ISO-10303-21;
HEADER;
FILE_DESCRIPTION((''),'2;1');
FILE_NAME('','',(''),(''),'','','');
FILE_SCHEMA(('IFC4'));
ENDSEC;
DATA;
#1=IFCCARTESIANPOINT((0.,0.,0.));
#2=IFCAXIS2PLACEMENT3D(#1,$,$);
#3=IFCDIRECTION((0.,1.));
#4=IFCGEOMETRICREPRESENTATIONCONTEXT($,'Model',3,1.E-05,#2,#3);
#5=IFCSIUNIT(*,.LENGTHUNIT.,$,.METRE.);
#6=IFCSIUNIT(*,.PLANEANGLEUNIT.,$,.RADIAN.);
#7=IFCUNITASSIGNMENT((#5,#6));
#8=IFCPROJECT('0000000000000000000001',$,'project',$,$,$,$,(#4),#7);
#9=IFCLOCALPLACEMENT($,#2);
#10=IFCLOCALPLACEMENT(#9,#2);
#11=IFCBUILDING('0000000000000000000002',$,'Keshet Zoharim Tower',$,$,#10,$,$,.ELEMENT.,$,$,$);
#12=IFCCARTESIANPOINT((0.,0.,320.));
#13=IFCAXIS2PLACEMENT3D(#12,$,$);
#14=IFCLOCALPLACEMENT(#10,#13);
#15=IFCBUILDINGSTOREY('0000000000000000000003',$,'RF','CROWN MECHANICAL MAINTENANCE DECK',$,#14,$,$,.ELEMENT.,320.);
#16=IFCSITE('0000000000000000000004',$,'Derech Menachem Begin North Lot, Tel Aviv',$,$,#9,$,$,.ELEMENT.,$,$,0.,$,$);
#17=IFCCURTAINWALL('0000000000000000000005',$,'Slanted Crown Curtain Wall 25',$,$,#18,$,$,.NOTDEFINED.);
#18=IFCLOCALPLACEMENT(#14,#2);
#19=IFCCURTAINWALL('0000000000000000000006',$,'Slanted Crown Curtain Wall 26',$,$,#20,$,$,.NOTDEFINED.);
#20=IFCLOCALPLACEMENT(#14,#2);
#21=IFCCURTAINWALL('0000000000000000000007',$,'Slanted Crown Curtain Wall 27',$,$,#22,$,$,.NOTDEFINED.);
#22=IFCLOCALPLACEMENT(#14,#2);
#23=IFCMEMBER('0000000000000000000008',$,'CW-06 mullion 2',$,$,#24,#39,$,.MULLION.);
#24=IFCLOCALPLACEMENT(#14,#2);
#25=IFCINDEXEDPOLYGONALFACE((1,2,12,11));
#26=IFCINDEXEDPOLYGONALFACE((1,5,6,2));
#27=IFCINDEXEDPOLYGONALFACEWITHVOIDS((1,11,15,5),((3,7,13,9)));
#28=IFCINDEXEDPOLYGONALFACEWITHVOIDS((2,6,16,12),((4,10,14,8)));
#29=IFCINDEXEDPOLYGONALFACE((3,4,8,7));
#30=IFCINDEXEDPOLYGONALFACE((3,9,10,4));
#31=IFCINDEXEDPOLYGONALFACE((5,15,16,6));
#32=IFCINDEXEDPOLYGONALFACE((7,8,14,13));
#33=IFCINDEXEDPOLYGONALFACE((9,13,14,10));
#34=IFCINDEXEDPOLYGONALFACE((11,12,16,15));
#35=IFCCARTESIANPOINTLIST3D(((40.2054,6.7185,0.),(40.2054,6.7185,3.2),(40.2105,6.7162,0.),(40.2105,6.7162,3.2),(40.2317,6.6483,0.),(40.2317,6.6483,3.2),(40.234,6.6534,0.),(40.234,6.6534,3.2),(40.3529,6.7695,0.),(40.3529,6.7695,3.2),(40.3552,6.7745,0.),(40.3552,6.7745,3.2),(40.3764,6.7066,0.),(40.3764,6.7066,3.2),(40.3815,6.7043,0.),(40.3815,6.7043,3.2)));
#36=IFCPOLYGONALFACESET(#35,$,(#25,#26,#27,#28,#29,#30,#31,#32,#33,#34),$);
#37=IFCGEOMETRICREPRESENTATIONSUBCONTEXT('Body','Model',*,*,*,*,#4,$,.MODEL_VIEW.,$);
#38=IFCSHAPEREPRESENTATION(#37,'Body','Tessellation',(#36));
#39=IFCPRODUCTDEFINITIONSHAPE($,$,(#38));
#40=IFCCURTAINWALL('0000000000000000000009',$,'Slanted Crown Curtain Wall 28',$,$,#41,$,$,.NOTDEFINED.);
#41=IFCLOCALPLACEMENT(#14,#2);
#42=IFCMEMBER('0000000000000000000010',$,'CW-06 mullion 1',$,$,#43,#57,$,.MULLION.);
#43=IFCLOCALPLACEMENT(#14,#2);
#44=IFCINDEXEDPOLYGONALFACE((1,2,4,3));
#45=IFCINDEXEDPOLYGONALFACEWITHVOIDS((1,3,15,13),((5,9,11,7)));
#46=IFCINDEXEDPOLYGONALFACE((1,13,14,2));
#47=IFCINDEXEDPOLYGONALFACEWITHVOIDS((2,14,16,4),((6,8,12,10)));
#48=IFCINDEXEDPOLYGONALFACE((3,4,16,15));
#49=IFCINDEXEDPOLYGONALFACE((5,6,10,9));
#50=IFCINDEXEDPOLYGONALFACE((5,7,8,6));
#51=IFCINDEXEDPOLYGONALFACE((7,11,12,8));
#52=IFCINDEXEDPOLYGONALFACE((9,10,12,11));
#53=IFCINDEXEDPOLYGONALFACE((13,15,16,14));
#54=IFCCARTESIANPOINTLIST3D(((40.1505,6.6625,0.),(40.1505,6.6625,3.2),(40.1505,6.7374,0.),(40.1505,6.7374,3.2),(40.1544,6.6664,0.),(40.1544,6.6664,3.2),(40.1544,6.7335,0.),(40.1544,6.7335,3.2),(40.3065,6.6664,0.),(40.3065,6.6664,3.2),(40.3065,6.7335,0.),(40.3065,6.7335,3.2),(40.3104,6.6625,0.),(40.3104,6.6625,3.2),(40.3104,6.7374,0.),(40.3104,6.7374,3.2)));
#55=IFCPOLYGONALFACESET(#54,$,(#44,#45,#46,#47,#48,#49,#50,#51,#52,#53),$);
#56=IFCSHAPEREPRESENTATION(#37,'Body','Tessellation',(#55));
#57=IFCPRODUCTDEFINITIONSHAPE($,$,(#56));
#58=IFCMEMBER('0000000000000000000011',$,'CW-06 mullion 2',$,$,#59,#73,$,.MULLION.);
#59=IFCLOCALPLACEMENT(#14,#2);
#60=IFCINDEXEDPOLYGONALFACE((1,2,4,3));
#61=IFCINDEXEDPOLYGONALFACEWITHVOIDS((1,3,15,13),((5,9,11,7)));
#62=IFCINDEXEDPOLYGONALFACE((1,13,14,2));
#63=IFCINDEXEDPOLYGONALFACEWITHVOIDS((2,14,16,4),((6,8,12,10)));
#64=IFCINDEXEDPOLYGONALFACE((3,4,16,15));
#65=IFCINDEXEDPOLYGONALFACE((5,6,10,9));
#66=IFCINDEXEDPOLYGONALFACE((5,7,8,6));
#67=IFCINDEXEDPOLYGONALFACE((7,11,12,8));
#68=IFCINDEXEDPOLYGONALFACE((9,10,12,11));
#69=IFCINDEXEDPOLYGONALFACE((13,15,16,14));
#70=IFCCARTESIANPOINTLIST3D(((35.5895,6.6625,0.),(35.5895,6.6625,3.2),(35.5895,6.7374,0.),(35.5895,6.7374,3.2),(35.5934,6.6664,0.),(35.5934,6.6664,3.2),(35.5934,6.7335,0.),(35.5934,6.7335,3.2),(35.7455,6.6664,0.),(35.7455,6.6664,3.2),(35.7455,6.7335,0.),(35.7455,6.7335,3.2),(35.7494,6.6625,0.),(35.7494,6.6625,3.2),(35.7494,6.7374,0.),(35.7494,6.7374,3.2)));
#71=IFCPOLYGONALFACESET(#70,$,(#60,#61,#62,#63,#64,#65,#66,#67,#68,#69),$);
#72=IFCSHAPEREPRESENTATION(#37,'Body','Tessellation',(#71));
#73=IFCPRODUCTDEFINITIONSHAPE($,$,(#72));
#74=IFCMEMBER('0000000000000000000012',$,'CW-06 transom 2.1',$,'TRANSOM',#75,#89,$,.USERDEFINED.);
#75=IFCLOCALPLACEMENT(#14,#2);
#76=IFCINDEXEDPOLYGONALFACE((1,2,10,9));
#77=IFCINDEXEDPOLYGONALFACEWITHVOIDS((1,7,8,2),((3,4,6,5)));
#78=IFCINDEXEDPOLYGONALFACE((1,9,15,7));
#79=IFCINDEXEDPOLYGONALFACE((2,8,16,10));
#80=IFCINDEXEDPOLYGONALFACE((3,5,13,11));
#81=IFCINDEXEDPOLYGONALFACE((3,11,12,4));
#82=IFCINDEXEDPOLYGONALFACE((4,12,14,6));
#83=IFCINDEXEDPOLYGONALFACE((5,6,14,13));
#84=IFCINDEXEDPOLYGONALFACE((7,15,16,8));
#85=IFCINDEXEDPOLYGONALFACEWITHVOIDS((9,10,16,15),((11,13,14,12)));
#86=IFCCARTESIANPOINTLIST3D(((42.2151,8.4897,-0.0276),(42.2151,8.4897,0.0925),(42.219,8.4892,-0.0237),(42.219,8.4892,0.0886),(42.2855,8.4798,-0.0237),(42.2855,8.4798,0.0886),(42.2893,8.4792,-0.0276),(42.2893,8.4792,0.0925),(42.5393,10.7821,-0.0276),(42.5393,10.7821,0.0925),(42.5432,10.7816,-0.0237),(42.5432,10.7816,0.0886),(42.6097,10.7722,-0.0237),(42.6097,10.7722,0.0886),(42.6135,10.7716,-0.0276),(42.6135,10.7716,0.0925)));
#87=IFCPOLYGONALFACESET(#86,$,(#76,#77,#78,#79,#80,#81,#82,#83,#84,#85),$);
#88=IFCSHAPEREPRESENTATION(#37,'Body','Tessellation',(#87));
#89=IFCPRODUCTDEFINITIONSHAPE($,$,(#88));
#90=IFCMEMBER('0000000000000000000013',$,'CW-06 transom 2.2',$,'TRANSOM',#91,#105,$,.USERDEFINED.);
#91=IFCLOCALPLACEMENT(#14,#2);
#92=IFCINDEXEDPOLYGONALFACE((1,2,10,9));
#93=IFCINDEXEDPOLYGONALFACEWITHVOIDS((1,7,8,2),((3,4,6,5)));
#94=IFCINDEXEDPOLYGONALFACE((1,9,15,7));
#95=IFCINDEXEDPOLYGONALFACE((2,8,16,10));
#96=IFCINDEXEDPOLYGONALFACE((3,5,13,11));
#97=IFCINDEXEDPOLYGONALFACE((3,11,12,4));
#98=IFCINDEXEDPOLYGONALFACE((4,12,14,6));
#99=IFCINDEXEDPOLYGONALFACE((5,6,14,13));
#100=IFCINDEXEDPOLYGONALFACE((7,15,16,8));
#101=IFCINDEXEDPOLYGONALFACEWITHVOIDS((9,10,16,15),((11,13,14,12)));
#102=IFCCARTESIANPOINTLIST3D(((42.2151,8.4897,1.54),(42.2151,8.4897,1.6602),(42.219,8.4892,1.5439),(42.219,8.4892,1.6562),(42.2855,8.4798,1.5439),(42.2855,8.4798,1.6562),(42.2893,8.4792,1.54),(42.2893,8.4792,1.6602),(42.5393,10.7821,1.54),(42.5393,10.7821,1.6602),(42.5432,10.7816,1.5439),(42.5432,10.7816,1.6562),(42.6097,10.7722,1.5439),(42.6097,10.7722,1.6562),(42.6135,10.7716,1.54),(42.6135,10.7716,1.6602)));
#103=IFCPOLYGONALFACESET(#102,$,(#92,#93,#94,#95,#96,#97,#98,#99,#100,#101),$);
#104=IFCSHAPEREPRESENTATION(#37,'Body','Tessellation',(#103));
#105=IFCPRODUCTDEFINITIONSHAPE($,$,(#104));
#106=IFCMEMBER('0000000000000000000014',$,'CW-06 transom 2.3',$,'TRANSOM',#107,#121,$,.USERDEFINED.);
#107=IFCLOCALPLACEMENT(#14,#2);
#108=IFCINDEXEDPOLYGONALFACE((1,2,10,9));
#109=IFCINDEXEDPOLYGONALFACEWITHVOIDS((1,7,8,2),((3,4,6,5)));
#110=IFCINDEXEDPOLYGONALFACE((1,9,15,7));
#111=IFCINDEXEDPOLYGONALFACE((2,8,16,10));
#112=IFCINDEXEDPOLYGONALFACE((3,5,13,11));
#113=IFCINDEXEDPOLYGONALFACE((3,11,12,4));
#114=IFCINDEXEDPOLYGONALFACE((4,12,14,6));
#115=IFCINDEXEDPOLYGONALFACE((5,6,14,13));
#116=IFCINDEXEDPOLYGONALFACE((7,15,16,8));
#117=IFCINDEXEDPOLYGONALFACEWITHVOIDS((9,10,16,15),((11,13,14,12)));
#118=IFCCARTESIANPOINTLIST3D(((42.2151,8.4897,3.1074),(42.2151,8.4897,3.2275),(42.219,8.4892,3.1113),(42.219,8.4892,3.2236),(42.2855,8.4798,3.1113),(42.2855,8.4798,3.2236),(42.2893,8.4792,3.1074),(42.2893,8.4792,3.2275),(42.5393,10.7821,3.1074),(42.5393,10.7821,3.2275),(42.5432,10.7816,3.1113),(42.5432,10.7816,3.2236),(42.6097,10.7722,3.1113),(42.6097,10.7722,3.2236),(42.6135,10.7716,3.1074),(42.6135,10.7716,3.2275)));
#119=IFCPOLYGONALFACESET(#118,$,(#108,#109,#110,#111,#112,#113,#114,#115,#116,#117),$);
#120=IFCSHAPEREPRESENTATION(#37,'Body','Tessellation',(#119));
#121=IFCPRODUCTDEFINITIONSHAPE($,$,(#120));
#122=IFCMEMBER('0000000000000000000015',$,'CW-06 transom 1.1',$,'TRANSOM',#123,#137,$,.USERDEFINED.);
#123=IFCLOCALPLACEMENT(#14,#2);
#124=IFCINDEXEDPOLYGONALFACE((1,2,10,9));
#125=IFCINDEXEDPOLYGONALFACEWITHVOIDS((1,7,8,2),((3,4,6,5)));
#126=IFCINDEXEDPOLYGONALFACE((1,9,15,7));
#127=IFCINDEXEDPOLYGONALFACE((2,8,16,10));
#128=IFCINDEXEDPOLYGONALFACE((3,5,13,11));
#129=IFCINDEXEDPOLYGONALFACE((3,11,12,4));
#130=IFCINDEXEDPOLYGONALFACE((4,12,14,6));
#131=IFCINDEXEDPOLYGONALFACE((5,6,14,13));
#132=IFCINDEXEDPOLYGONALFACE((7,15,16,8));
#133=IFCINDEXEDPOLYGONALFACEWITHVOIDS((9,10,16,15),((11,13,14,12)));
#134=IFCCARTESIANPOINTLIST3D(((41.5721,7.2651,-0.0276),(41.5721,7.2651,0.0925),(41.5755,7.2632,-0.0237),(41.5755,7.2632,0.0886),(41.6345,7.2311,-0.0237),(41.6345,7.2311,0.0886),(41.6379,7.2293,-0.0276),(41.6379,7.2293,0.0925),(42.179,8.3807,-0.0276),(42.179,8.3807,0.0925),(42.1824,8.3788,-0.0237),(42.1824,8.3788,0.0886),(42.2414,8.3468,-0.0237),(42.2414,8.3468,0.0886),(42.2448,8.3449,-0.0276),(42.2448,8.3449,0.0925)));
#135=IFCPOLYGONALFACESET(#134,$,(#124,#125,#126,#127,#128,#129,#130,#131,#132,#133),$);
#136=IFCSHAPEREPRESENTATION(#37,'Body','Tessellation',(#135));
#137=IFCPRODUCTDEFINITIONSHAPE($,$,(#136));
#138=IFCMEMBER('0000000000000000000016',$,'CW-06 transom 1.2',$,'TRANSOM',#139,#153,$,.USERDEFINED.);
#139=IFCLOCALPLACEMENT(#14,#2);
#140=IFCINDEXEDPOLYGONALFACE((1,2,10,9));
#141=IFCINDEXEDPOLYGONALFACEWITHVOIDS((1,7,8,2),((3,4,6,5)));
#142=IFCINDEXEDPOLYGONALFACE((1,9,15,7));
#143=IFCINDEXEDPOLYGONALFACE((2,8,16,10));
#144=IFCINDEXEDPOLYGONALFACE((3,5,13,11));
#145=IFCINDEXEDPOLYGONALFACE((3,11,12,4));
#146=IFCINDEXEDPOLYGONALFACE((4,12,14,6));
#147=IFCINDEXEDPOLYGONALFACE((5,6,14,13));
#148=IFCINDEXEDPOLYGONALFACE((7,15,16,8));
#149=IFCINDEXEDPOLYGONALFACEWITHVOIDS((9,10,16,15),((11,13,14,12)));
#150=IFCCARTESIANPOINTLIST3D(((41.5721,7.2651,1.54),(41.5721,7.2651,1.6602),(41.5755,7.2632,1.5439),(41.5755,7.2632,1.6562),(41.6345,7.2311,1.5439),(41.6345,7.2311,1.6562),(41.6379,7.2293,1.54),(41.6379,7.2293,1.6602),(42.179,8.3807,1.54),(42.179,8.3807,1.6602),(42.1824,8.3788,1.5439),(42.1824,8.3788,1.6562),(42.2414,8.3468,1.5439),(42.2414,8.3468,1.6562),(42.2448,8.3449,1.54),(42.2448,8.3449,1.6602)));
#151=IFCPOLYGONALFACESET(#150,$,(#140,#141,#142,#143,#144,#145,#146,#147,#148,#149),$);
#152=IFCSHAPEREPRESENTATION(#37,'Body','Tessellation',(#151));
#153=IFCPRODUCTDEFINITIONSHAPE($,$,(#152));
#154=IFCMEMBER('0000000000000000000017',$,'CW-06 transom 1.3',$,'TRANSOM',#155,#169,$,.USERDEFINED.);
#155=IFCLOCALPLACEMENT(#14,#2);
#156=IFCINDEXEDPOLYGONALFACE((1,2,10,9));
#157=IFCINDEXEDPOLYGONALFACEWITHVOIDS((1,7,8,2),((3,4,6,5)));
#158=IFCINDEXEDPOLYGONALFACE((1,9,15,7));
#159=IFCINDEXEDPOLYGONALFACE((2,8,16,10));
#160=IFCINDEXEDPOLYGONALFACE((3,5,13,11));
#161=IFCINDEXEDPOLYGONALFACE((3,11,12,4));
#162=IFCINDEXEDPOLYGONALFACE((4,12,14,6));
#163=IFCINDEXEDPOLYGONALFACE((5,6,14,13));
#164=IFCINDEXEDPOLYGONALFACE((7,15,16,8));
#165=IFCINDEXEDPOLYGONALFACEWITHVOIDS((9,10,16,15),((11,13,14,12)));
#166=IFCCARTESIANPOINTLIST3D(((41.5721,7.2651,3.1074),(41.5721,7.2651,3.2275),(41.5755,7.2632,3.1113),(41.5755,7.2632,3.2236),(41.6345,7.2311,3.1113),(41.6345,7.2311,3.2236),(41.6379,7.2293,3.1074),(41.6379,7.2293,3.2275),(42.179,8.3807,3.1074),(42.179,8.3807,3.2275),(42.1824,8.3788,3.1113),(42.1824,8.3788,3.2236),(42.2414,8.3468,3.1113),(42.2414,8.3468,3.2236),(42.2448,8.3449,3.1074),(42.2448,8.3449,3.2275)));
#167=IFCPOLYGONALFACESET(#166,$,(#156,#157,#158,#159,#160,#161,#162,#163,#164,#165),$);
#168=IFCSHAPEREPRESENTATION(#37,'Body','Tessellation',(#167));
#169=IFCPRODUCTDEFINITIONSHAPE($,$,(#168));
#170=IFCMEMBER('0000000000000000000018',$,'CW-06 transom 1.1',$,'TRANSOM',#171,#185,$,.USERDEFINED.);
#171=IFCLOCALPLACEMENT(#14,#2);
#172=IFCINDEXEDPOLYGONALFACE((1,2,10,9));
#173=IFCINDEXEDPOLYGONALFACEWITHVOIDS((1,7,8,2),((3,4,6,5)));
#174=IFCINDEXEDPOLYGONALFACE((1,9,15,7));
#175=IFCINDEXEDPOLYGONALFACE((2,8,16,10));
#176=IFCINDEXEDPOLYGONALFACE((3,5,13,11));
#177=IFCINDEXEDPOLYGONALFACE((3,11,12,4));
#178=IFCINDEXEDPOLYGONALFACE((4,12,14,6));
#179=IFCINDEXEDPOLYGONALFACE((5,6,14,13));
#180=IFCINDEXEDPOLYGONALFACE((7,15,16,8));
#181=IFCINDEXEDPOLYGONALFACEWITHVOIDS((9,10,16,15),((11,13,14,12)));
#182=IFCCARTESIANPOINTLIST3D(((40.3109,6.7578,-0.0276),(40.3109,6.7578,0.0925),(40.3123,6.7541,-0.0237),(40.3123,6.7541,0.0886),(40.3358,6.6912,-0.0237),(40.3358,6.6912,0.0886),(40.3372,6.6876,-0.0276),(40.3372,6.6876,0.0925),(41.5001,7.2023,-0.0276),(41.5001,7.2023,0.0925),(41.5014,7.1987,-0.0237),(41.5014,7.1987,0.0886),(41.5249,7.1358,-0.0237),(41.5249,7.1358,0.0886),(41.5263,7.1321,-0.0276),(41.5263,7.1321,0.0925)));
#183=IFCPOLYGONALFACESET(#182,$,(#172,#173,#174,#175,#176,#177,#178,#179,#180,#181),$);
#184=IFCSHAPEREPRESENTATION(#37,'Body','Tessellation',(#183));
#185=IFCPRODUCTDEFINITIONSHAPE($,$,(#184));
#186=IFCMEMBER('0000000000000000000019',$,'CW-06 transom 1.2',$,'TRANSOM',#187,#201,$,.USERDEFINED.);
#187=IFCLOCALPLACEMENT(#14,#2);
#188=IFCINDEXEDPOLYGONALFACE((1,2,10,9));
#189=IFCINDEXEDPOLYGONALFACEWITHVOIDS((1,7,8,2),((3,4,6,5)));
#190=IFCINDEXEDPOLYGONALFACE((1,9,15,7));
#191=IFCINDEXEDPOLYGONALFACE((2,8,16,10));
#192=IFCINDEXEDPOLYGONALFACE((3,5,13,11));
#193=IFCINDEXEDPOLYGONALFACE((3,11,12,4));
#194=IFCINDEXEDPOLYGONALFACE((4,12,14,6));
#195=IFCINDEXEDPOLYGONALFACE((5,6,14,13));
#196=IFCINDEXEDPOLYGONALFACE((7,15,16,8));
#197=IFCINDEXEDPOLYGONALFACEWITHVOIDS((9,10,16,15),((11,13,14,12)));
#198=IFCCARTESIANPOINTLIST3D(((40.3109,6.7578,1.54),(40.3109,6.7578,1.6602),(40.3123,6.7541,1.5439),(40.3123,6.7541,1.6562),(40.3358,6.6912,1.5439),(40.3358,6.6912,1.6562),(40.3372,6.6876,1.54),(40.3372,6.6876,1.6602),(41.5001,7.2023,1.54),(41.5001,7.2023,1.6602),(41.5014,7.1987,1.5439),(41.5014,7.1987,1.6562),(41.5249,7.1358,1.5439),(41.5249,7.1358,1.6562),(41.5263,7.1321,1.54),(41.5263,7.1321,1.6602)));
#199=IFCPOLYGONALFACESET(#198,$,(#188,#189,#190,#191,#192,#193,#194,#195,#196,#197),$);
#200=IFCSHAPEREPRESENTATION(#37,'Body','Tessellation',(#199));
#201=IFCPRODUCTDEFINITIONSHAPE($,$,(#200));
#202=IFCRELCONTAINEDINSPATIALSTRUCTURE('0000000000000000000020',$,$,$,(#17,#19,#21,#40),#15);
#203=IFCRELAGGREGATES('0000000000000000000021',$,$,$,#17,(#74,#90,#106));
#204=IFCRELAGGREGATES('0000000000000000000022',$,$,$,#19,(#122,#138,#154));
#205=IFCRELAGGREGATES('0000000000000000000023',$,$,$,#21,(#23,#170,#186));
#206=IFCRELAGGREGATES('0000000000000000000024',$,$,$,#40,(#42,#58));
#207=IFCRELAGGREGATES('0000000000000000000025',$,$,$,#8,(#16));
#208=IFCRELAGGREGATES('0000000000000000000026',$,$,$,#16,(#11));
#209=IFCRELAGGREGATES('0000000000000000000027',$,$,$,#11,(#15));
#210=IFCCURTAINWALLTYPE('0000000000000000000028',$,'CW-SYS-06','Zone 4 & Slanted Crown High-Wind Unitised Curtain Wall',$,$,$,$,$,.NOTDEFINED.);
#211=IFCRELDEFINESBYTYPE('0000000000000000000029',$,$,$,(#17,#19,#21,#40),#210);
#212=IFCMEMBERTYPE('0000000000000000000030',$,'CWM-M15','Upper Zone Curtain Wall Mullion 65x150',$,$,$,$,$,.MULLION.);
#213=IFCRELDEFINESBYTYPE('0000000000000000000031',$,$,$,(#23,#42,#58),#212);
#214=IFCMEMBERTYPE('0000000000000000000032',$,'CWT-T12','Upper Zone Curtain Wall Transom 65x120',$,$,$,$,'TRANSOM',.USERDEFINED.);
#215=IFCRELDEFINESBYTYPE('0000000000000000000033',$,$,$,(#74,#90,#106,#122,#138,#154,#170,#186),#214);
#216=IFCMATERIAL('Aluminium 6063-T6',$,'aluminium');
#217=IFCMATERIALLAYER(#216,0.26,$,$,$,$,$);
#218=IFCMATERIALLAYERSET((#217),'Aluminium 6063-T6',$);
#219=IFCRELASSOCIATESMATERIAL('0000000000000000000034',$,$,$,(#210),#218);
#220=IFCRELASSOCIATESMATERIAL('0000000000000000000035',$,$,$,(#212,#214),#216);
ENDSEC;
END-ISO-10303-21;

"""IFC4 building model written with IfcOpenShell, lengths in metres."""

from ifc_helpers import new_model, si_unit, direction, frame, origin, origin_2d, place, context, subcontext, project, spatial, hollow_rectangle, extrude, material, layer, layer_set, material_profile, profile_set, type_object, element, aggregate, save


model = new_model("IFC4")

# Units and contexts
model_context = context("Model", 3, precision=1e-05, world=origin(), true_north=direction((0.0, 1.0)))
body_context = subcontext(model_context, "Body", "Model", "MODEL_VIEW")
ifc_project = project(units=[si_unit("LENGTHUNIT", "METRE"), si_unit("PLANEANGLEUNIT", "RADIAN")], contexts=[model_context])

# Site, building, storey
site_placement = place(None, origin())
site = spatial("IfcSite", under=ifc_project, at=site_placement, Name="Derech Menachem Begin North Lot, Tel Aviv", CompositionType="ELEMENT", RefElevation=0.0)
building_placement = place(site_placement, origin())
building = spatial("IfcBuilding", under=site, at=building_placement, Name="Keshet Zoharim Tower", CompositionType="ELEMENT")
storey_placement = place(building_placement, frame((0.0, 0.0, 320.0)))
storey = spatial("IfcBuildingStorey", under=building, at=storey_placement, Name="RF", Description="CROWN MECHANICAL MAINTENANCE DECK", CompositionType="ELEMENT", Elevation=320.0)

# Curtain walls, members
ifc_material_1 = material(Name="Aluminium 6063-T6", Category="aluminium")
ifc_layer_1 = layer(ifc_material_1, 0.26)
ifc_layer_set_1 = layer_set([ifc_layer_1], Name="Aluminium 6063-T6")
curtain_wall_type = type_object("IfcCurtainWallType", Name="CW-SYS-06", Description="Zone 4 & Slanted Crown High-Wind Unitised Curtain Wall", PredefinedType="NOTDEFINED", material=ifc_layer_set_1)
curtain_wall_1_placement = place(storey_placement, origin())
curtain_wall_1 = element("IfcCurtainWall", 1, at=curtain_wall_1_placement, inside=storey, type_object=curtain_wall_type, Name="Slanted Crown Curtain Wall 25", PredefinedType="NOTDEFINED")
ifc_material_profile_1 = material_profile(ifc_material_1, hollow_rectangle(XDim=0.075, YDim=0.1599, WallThickness=0.0039, at=origin_2d()), Name="MUL-75x160")
ifc_profile_set_1 = profile_set([ifc_material_profile_1], Name="Aluminium 6063-T6")
member_type_1 = type_object("IfcMemberType", Name="CWM-M15", Description="Upper Zone Curtain Wall Mullion 65x150", PredefinedType="MULLION", material=ifc_profile_set_1)
curtain_wall_2_placement = place(storey_placement, origin())
curtain_wall_2 = element("IfcCurtainWall", 2, at=curtain_wall_2_placement, inside=storey, type_object=curtain_wall_type, Name="Slanted Crown Curtain Wall 26", PredefinedType="NOTDEFINED")
curtain_wall_3_placement = place(storey_placement, origin())
curtain_wall_3 = element("IfcCurtainWall", 3, at=curtain_wall_3_placement, inside=storey, type_object=curtain_wall_type, Name="Slanted Crown Curtain Wall 27", PredefinedType="NOTDEFINED")
member_1_placement = place(storey_placement, frame((40.2935, 6.7114, 0.0), z_axis=(0.0, 0.0, 1.0), x_axis=(0.350105, -0.93671, 0.0)))
member_1 = element("IfcMember", 4, at=member_1_placement, type_object=member_type_1, Name="CW-06 mullion 2", PredefinedType="MULLION", context=body_context, shape_type="SweptSolid", body=[
    extrude(hollow_rectangle(XDim=0.075, YDim=0.1599, WallThickness=0.0039, at=origin_2d()), origin(), (0.0, 0.0, 1.0), 3.2),
])
curtain_wall_4_placement = place(storey_placement, origin())
curtain_wall_4 = element("IfcCurtainWall", 5, at=curtain_wall_4_placement, inside=storey, type_object=curtain_wall_type, Name="Slanted Crown Curtain Wall 28", PredefinedType="NOTDEFINED")
member_2_placement = place(storey_placement, frame((40.2305, 6.7, 0.0), z_axis=(0.0, 0.0, 1.0), x_axis=(0.0, -1.0, 0.0)))
member_2 = element("IfcMember", 6, at=member_2_placement, type_object=member_type_1, Name="CW-06 mullion 1", PredefinedType="MULLION", context=body_context, shape_type="SweptSolid", body=[
    extrude(hollow_rectangle(XDim=0.075, YDim=0.1599, WallThickness=0.0039, at=origin_2d()), origin(), (0.0, 0.0, 1.0), 3.2),
])
member_3_placement = place(storey_placement, frame((35.6694, 6.7, 0.0), z_axis=(0.0, 0.0, 1.0), x_axis=(0.0, -1.0, 0.0)))
member_3 = element("IfcMember", 7, at=member_3_placement, type_object=member_type_1, Name="CW-06 mullion 2", PredefinedType="MULLION", context=body_context, shape_type="SweptSolid", body=[
    extrude(hollow_rectangle(XDim=0.075, YDim=0.1599, WallThickness=0.0039, at=origin_2d()), origin(), (0.0, 0.0, 1.0), 3.2),
])

# Members
ifc_material_profile_2 = material_profile(ifc_material_1, hollow_rectangle(XDim=0.075, YDim=0.1201, WallThickness=0.0039, at=origin_2d()), Name="TRN-75x120")
ifc_profile_set_2 = profile_set([ifc_material_profile_2], Name="Aluminium 6063-T6")
member_type_2 = type_object("IfcMemberType", Name="CWT-T12", Description="Upper Zone Curtain Wall Transom 65x120", ElementType="TRANSOM", PredefinedType="USERDEFINED", material=ifc_profile_set_2)
member_4_placement = place(storey_placement, frame((42.5764, 10.7769, 0.0325), z_axis=(-0.140034, -0.990147, 0.0), x_axis=(0.990147, -0.140034, 0.0)))
member_4 = element("IfcMember", 8, at=member_4_placement, type_object=member_type_2, Name="CW-06 transom 2.1", ObjectType="TRANSOM", PredefinedType="USERDEFINED", context=body_context, shape_type="SweptSolid", body=[
    extrude(hollow_rectangle(XDim=0.075, YDim=0.1201, WallThickness=0.0039, at=origin_2d()), origin(), (0.0, 0.0, 1.0), 2.3152),
])
member_5_placement = place(storey_placement, frame((42.5764, 10.7769, 1.6001), z_axis=(-0.140034, -0.990147, 0.0), x_axis=(0.990147, -0.140034, 0.0)))
member_5 = element("IfcMember", 9, at=member_5_placement, type_object=member_type_2, Name="CW-06 transom 2.2", ObjectType="TRANSOM", PredefinedType="USERDEFINED", context=body_context, shape_type="SweptSolid", body=[
    extrude(hollow_rectangle(XDim=0.075, YDim=0.1201, WallThickness=0.0039, at=origin_2d()), origin(), (0.0, 0.0, 1.0), 2.3152),
])
member_6_placement = place(storey_placement, frame((42.5764, 10.7769, 3.1675), z_axis=(-0.140034, -0.990147, 0.0), x_axis=(0.990147, -0.140034, 0.0)))
member_6 = element("IfcMember", 10, at=member_6_placement, type_object=member_type_2, Name="CW-06 transom 2.3", ObjectType="TRANSOM", PredefinedType="USERDEFINED", context=body_context, shape_type="SweptSolid", body=[
    extrude(hollow_rectangle(XDim=0.075, YDim=0.1201, WallThickness=0.0039, at=origin_2d()), origin(), (0.0, 0.0, 1.0), 2.3152),
])
member_7_placement = place(storey_placement, frame((42.2119, 8.3628, 0.0325), z_axis=(-0.477855, -0.878439, 0.0), x_axis=(0.878439, -0.477855, 0.0)))
member_7 = element("IfcMember", 11, at=member_7_placement, type_object=member_type_2, Name="CW-06 transom 1.1", ObjectType="TRANSOM", PredefinedType="USERDEFINED", context=body_context, shape_type="SweptSolid", body=[
    extrude(hollow_rectangle(XDim=0.075, YDim=0.1201, WallThickness=0.0039, at=origin_2d()), origin(), (0.0, 0.0, 1.0), 1.27),
])
member_8_placement = place(storey_placement, frame((42.2119, 8.3628, 1.6001), z_axis=(-0.477855, -0.878439, 0.0), x_axis=(0.878439, -0.477855, 0.0)))
member_8 = element("IfcMember", 12, at=member_8_placement, type_object=member_type_2, Name="CW-06 transom 1.2", ObjectType="TRANSOM", PredefinedType="USERDEFINED", context=body_context, shape_type="SweptSolid", body=[
    extrude(hollow_rectangle(XDim=0.075, YDim=0.1201, WallThickness=0.0039, at=origin_2d()), origin(), (0.0, 0.0, 1.0), 1.27),
])
member_9_placement = place(storey_placement, frame((42.2119, 8.3628, 3.1675), z_axis=(-0.477855, -0.878439, 0.0), x_axis=(0.878439, -0.477855, 0.0)))
member_9 = element("IfcMember", 13, at=member_9_placement, type_object=member_type_2, Name="CW-06 transom 1.3", ObjectType="TRANSOM", PredefinedType="USERDEFINED", context=body_context, shape_type="SweptSolid", body=[
    extrude(hollow_rectangle(XDim=0.075, YDim=0.1201, WallThickness=0.0039, at=origin_2d()), origin(), (0.0, 0.0, 1.0), 1.27),
])
member_10_placement = place(storey_placement, frame((41.5132, 7.1672, 0.0325), z_axis=(-0.936684, -0.350175, 0.0), x_axis=(0.350175, -0.936684, 0.0)))
member_10 = element("IfcMember", 14, at=member_10_placement, type_object=member_type_2, Name="CW-06 transom 1.1", ObjectType="TRANSOM", PredefinedType="USERDEFINED", context=body_context, shape_type="SweptSolid", body=[
    extrude(hollow_rectangle(XDim=0.075, YDim=0.1201, WallThickness=0.0039, at=origin_2d()), origin(), (0.0, 0.0, 1.0), 1.2695),
])
member_11_placement = place(storey_placement, frame((41.5132, 7.1672, 1.6001), z_axis=(-0.936684, -0.350175, 0.0), x_axis=(0.350175, -0.936684, 0.0)))
member_11 = element("IfcMember", 15, at=member_11_placement, type_object=member_type_2, Name="CW-06 transom 1.2", ObjectType="TRANSOM", PredefinedType="USERDEFINED", context=body_context, shape_type="SweptSolid", body=[
    extrude(hollow_rectangle(XDim=0.075, YDim=0.1201, WallThickness=0.0039, at=origin_2d()), origin(), (0.0, 0.0, 1.0), 1.2695),
])

aggregate(curtain_wall_1, [member_4, member_5, member_6])
aggregate(curtain_wall_2, [member_7, member_8, member_9])
aggregate(curtain_wall_3, [member_1, member_10, member_11])
aggregate(curtain_wall_4, [member_2, member_3])

save(model, "model.ifc")
